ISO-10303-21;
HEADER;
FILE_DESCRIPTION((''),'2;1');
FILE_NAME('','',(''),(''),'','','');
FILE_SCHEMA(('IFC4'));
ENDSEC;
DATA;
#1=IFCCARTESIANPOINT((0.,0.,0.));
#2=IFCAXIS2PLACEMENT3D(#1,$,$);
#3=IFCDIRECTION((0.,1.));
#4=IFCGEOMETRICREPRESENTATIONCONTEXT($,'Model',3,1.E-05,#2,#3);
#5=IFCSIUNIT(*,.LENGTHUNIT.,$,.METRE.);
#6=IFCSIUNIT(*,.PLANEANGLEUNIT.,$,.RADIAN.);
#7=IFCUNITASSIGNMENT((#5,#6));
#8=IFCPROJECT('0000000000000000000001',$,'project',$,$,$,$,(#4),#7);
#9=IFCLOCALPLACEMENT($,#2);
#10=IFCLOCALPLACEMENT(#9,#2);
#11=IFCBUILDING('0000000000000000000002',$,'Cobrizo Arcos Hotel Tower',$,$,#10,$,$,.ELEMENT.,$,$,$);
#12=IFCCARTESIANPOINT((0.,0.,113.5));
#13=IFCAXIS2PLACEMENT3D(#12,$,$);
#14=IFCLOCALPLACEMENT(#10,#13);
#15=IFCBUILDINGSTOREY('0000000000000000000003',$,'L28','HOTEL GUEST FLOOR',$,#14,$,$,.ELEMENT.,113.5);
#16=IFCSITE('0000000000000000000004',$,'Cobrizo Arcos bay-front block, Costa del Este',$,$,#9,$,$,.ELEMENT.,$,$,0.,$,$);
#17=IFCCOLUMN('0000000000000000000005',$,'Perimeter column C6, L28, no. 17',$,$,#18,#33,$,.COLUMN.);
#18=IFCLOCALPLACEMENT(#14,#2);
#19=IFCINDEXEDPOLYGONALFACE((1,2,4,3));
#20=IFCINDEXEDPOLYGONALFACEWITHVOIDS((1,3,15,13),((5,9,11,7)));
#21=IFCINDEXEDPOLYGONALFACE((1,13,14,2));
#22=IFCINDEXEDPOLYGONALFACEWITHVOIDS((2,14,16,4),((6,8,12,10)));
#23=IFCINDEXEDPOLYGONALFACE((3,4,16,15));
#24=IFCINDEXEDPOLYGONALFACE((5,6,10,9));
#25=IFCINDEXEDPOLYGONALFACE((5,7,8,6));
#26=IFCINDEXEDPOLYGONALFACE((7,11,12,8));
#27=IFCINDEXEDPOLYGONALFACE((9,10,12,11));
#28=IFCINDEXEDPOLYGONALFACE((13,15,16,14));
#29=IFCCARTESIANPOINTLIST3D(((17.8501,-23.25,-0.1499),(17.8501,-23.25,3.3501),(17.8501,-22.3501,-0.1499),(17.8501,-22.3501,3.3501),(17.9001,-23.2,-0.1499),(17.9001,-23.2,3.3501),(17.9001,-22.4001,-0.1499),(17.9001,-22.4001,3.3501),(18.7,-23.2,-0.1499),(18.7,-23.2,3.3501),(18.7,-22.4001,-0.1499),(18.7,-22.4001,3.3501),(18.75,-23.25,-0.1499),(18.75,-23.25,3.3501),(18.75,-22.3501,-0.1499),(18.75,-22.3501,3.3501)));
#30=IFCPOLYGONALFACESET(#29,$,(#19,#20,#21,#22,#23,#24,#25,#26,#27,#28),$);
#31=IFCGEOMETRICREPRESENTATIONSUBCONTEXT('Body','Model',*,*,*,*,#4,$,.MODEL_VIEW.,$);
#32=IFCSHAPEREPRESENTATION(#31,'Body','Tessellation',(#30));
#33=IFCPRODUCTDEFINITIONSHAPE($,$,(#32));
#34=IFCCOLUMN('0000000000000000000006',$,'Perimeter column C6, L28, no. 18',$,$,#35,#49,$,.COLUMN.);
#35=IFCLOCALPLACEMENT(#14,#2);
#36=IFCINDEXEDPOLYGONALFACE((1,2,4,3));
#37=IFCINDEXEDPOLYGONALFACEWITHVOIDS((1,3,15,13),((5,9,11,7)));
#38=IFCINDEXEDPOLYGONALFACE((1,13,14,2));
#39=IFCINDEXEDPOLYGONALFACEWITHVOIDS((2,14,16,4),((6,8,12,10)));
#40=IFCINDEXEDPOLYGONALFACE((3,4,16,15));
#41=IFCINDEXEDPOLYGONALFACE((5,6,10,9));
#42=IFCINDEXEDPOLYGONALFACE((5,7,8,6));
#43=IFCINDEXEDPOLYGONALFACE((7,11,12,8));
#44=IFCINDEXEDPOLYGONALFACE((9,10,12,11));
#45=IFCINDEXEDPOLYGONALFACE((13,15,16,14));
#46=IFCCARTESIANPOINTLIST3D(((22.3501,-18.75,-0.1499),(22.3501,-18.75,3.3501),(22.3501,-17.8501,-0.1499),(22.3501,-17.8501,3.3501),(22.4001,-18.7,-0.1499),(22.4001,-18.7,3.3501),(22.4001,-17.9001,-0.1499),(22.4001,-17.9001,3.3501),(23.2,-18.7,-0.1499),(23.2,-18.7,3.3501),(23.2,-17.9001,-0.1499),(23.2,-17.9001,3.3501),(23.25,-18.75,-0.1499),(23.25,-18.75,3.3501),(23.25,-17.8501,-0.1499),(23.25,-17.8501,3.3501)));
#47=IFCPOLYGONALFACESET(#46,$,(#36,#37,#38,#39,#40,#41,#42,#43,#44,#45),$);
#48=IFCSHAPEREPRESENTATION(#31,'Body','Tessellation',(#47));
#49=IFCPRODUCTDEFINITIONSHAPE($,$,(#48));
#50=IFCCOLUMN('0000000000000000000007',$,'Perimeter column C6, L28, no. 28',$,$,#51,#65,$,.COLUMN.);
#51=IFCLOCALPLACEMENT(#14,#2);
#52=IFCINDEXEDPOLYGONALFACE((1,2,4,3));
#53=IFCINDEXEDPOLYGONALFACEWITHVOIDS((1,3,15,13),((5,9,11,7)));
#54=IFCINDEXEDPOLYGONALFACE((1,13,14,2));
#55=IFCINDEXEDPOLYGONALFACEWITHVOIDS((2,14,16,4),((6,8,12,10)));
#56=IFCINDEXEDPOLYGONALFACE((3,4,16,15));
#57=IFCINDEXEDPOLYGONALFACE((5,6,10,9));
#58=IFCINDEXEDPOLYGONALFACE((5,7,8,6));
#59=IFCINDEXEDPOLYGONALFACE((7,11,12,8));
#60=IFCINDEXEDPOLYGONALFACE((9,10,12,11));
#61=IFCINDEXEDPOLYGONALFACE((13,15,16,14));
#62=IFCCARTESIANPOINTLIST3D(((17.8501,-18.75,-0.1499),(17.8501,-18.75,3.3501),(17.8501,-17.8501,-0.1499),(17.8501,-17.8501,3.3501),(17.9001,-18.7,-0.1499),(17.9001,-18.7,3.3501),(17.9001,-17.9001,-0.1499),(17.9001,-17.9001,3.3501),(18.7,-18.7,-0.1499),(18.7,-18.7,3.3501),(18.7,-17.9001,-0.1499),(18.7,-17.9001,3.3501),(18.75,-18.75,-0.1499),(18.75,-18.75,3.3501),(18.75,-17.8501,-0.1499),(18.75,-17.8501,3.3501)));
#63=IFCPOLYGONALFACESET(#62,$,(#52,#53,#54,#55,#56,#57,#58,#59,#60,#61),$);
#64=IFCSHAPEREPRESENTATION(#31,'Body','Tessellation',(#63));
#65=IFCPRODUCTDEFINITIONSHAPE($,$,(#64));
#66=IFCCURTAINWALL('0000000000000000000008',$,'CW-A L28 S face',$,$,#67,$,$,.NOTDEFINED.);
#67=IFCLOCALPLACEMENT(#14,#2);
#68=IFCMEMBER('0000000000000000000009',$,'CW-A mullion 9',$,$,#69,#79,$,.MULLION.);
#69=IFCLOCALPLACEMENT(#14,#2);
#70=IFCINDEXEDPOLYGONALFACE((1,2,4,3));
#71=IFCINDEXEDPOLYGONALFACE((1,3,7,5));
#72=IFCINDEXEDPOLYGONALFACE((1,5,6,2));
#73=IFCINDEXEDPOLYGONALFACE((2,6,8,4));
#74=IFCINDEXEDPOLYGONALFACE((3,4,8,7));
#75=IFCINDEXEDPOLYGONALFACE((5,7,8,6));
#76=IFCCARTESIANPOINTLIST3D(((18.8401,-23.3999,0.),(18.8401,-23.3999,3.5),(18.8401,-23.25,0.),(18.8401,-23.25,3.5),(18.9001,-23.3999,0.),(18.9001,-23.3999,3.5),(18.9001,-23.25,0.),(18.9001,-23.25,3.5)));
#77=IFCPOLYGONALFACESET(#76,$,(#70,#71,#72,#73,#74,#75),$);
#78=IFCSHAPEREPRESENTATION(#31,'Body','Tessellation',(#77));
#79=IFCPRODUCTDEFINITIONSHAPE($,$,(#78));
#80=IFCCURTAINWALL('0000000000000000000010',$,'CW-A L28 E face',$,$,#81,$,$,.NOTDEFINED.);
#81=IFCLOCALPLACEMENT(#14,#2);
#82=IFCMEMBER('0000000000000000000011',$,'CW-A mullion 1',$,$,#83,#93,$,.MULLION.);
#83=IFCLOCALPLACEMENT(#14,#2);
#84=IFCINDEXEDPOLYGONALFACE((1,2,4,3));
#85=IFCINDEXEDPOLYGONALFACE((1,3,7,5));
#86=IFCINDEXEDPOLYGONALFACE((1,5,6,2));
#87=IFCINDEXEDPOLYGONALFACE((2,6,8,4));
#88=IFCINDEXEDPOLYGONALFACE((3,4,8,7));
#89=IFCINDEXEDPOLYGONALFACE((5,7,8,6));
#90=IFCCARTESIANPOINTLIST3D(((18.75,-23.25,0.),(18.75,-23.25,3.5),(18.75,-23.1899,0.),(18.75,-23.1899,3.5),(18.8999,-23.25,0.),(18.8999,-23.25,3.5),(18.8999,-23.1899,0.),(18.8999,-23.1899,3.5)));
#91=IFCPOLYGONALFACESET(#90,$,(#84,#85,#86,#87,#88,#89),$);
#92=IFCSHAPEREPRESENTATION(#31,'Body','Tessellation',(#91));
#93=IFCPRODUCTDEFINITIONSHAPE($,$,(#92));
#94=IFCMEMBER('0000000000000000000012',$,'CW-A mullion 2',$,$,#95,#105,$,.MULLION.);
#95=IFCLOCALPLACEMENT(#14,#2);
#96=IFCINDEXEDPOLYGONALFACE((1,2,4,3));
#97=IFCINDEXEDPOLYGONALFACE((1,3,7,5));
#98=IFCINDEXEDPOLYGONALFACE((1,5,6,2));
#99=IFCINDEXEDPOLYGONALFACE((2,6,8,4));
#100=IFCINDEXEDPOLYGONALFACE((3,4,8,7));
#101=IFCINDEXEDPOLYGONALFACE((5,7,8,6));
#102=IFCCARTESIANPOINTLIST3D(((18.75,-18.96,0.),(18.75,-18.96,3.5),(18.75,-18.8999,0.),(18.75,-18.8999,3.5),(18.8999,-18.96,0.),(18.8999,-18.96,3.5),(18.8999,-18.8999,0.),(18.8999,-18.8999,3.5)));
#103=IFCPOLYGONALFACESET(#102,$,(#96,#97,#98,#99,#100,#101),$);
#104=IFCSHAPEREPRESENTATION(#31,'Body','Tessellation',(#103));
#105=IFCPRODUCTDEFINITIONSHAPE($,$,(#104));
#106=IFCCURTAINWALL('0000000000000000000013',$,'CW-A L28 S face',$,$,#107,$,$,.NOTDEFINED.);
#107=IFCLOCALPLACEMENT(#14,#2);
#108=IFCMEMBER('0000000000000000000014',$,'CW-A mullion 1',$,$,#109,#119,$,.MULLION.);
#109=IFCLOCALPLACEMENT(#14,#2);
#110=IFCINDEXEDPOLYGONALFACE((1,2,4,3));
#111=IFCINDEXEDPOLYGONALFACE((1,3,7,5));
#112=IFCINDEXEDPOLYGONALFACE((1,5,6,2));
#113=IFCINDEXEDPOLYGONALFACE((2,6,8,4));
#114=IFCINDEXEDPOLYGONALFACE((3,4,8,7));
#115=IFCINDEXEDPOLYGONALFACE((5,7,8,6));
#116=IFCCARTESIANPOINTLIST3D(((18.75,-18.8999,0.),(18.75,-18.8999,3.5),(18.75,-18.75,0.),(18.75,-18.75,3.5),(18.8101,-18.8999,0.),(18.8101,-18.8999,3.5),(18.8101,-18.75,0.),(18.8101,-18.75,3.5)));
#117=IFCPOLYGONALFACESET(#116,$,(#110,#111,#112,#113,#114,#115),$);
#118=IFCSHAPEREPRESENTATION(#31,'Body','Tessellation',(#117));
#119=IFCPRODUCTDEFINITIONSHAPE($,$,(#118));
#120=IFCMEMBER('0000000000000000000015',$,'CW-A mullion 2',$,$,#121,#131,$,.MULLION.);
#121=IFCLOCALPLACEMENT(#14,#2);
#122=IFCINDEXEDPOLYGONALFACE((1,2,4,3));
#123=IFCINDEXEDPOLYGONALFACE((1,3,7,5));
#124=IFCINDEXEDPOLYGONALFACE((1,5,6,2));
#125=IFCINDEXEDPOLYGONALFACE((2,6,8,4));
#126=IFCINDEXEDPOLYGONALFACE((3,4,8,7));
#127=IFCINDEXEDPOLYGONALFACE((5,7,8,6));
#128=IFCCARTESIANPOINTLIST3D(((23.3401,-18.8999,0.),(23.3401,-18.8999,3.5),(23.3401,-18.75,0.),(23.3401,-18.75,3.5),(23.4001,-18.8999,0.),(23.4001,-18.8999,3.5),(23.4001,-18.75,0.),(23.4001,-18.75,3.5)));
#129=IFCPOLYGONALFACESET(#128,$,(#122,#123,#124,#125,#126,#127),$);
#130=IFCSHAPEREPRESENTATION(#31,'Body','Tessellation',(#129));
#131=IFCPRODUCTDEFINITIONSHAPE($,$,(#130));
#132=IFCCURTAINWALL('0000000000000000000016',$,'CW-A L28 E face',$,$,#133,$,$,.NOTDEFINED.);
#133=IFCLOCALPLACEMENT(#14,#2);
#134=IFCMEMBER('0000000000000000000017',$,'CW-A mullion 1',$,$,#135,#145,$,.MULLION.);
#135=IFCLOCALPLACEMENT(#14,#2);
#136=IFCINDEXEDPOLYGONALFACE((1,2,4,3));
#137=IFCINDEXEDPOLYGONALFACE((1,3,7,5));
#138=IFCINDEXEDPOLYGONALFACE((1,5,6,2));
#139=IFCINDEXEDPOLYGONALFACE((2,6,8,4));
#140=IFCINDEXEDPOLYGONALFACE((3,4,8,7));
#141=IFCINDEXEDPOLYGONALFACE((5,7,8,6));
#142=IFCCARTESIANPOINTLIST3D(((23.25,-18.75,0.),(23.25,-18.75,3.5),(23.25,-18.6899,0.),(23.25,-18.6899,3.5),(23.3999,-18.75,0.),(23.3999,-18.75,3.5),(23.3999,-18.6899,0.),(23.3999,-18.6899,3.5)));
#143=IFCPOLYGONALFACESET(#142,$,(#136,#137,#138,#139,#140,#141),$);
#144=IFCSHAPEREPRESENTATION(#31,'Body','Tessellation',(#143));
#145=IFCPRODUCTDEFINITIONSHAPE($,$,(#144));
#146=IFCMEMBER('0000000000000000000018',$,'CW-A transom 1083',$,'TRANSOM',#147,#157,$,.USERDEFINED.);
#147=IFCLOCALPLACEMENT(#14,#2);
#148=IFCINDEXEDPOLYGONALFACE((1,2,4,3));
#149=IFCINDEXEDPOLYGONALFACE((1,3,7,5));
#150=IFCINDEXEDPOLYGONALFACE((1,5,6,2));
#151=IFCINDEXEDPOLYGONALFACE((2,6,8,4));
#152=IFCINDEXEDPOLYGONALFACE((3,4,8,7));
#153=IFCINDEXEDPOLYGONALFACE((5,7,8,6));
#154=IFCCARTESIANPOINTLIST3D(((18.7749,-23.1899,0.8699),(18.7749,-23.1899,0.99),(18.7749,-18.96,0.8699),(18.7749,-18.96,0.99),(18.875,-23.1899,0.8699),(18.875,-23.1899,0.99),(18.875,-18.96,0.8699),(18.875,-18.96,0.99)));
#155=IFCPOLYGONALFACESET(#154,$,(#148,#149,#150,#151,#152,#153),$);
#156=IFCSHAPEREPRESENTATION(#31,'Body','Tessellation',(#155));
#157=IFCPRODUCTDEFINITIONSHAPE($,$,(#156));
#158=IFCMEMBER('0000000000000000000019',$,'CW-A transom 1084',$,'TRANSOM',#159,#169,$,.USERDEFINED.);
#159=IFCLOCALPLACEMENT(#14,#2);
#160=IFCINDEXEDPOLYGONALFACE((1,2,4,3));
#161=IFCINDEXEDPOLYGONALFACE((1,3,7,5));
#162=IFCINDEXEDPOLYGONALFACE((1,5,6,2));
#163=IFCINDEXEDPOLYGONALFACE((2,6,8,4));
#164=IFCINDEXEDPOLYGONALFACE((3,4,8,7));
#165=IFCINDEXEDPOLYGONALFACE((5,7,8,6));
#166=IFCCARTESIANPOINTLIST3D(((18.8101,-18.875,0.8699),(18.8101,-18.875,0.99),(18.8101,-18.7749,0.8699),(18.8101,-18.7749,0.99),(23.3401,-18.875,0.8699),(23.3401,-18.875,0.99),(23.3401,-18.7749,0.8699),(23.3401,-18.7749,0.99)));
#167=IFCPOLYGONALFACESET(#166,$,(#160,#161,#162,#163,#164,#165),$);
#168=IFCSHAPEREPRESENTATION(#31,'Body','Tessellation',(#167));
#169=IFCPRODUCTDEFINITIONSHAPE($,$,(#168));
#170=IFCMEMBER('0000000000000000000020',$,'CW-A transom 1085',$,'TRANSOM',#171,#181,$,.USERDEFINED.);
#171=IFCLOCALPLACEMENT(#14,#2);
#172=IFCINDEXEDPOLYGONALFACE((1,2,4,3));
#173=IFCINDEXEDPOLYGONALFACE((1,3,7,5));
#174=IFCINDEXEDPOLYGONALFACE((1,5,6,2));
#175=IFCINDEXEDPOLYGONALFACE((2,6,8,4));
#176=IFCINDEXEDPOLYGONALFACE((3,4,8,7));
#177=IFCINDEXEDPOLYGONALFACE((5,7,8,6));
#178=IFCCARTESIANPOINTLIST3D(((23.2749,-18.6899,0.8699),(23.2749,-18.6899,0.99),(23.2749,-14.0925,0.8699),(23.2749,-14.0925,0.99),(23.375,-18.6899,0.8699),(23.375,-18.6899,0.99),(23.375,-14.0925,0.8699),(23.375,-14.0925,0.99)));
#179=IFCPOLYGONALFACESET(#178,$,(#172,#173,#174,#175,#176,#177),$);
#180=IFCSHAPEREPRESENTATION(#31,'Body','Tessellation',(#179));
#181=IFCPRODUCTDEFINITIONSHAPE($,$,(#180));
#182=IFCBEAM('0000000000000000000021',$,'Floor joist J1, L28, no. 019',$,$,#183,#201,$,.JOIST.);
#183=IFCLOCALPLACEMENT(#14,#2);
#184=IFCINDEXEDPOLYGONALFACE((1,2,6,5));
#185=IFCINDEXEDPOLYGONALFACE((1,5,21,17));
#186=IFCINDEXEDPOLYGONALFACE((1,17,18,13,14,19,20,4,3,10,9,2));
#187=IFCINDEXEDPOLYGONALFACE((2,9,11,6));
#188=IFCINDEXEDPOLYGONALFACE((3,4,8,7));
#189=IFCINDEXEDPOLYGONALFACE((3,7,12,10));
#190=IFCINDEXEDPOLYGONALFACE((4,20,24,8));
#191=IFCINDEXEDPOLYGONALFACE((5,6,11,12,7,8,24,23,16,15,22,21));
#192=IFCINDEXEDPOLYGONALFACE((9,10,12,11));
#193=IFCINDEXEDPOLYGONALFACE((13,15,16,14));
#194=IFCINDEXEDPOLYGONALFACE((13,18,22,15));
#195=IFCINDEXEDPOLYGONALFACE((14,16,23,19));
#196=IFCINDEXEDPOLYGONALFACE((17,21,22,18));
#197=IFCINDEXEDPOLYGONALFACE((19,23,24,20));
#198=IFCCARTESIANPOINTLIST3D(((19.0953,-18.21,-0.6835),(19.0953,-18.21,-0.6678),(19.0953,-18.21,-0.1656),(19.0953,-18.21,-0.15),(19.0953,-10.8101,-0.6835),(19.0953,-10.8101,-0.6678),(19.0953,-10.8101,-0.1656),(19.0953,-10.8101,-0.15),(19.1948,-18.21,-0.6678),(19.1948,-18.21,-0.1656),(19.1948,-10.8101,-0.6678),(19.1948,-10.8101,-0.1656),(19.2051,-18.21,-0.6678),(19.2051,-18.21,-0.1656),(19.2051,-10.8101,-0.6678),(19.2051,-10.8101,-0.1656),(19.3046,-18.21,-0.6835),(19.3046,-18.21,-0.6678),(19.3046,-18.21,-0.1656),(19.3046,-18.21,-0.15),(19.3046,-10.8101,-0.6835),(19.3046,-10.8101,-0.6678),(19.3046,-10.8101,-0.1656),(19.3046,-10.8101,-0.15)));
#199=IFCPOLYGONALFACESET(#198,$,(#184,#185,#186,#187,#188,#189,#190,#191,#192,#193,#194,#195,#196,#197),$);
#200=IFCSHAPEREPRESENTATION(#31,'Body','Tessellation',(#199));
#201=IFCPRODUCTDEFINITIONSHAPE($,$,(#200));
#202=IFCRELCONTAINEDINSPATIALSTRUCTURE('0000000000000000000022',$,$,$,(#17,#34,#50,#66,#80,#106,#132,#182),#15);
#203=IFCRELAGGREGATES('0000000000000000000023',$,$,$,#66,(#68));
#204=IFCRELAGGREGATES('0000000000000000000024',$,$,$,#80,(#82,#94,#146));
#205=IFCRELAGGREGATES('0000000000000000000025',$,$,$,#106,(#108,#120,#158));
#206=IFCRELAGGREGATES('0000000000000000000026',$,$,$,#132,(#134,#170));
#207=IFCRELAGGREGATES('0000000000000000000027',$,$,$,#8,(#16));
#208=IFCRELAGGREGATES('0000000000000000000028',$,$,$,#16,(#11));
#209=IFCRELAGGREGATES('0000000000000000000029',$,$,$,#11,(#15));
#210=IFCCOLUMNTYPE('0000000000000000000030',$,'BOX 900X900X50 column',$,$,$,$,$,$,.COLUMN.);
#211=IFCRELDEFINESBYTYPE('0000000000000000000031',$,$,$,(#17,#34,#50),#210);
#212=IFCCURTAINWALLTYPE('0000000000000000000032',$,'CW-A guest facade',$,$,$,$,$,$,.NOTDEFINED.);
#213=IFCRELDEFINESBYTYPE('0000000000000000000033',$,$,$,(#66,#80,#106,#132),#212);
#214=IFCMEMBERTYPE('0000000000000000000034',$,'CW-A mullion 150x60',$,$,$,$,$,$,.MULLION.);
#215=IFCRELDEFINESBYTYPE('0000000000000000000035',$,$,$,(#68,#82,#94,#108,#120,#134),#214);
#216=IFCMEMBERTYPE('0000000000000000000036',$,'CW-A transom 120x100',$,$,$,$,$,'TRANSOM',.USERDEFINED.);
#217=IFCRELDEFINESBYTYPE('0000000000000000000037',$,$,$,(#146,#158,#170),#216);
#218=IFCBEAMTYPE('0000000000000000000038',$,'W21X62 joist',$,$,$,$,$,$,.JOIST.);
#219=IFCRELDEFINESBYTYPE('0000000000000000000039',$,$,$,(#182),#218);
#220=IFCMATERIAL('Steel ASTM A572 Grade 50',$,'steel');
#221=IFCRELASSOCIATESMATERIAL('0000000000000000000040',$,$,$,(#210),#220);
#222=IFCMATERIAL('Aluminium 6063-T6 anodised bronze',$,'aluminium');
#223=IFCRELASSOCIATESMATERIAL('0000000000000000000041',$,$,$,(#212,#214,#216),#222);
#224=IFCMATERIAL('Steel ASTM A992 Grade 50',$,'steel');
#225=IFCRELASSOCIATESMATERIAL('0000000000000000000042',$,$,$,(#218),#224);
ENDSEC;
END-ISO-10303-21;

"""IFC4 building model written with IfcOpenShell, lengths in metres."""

from ifc_helpers import new_model, si_unit, direction, frame, origin, origin_2d, place, context, subcontext, project, spatial, rectangle, hollow_rectangle, i_section, extrude, material, material_profile, profile_set, type_object, element, aggregate, save


model = new_model("IFC4")

# Units and contexts
model_context = context("Model", 3, precision=1e-05, world=origin(), true_north=direction((0.0, 1.0)))
body_context = subcontext(model_context, "Body", "Model", "MODEL_VIEW")
ifc_project = project(units=[si_unit("LENGTHUNIT", "METRE"), si_unit("PLANEANGLEUNIT", "RADIAN")], contexts=[model_context])

# Site, building, storey
site_placement = place(None, origin())
site = spatial("IfcSite", under=ifc_project, at=site_placement, Name="Cobrizo Arcos bay-front block, Costa del Este", CompositionType="ELEMENT", RefElevation=0.0)
building_placement = place(site_placement, origin())
building = spatial("IfcBuilding", under=site, at=building_placement, Name="Cobrizo Arcos Hotel Tower", CompositionType="ELEMENT")
storey_placement = place(building_placement, frame((0.0, 0.0, 113.5)))
storey = spatial("IfcBuildingStorey", under=building, at=storey_placement, Name="L28", Description="HOTEL GUEST FLOOR", CompositionType="ELEMENT", Elevation=113.5)

# Columns
ifc_material_1 = material(Name="Steel ASTM A572 Grade 50", Category="steel")
ifc_material_profile_1 = material_profile(ifc_material_1, hollow_rectangle(XDim=0.8999, YDim=0.8999, WallThickness=0.05, at=origin_2d()), Name="BOX 900X900X50")
ifc_profile_set_1 = profile_set([ifc_material_profile_1], Name="Steel ASTM A572 Grade 50")
column_type = type_object("IfcColumnType", Name="BOX 900X900X50 column", PredefinedType="COLUMN", material=ifc_profile_set_1)
for number, where, z_axis, x_axis, name in (
    (1, (18.3, -22.8, -0.1499), (0.0, 0.0, 1.0), (1.0, 0.0, 0.0), "Perimeter column C6, L28, no. 17"),
    (2, (22.8, -18.3, -0.1499), (0.0, 0.0, 1.0), (1.0, 0.0, 0.0), "Perimeter column C6, L28, no. 18"),
    (3, (18.3, -18.3, -0.1499), (0.0, 0.0, 1.0), (1.0, 0.0, 0.0), "Perimeter column C6, L28, no. 28"),
):
    element("IfcColumn", number, at=place(storey_placement, frame(where, z_axis=z_axis, x_axis=x_axis)), inside=storey, type_object=column_type, Name=name, PredefinedType="COLUMN", context=body_context, shape_type="SweptSolid", body=[
        extrude(hollow_rectangle(XDim=0.8999, YDim=0.8999, WallThickness=0.05, at=origin_2d()), origin(), (0.0, 0.0, 1.0), 3.5),
    ])

# Curtain wall, member
ifc_material_2 = material(Name="Aluminium 6063-T6 anodised bronze", Category="aluminium")
curtain_wall_type = type_object("IfcCurtainWallType", Name="CW-A guest facade", PredefinedType="NOTDEFINED", material=ifc_material_2)
curtain_wall_1_placement = place(storey_placement, origin())
curtain_wall_1 = element("IfcCurtainWall", 4, at=curtain_wall_1_placement, inside=storey, type_object=curtain_wall_type, Name="CW-A L28 S face", PredefinedType="NOTDEFINED")
ifc_material_profile_2 = material_profile(ifc_material_2, rectangle(XDim=0.1499, YDim=0.0601, at=origin_2d()), Name="CW-A mullion 150x60")
ifc_profile_set_2 = profile_set([ifc_material_profile_2], Name="Aluminium 6063-T6 anodised bronze")
member_type_1 = type_object("IfcMemberType", Name="CW-A mullion 150x60", PredefinedType="MULLION", material=ifc_profile_set_2)
member_1_placement = place(storey_placement, frame((18.8701, -23.325, 0.0), z_axis=(0.0, 0.0, 1.0), x_axis=(0.0, -1.0, 0.0)))
member_1 = element("IfcMember", 5, at=member_1_placement, type_object=member_type_1, Name="CW-A mullion 9", PredefinedType="MULLION", context=body_context, shape_type="SweptSolid", body=[
    extrude(rectangle(XDim=0.1499, YDim=0.0601, at=origin_2d()), origin(), (0.0, 0.0, 1.0), 3.5),
])

# Curtain walls, members
curtain_wall_2_placement = place(storey_placement, origin())
curtain_wall_2 = element("IfcCurtainWall", 6, at=curtain_wall_2_placement, inside=storey, type_object=curtain_wall_type, Name="CW-A L28 E face", PredefinedType="NOTDEFINED")
member_2_placement = place(storey_placement, frame((18.825, -23.22, 0.0), z_axis=(0.0, 0.0, 1.0), x_axis=(1.0, 0.0, 0.0)))
member_2 = element("IfcMember", 7, at=member_2_placement, type_object=member_type_1, Name="CW-A mullion 1", PredefinedType="MULLION", context=body_context, shape_type="SweptSolid", body=[
    extrude(rectangle(XDim=0.1499, YDim=0.0601, at=origin_2d()), origin(), (0.0, 0.0, 1.0), 3.5),
])
member_3_placement = place(storey_placement, frame((18.825, -18.9299, 0.0), z_axis=(0.0, 0.0, 1.0), x_axis=(1.0, 0.0, 0.0)))
member_3 = element("IfcMember", 8, at=member_3_placement, type_object=member_type_1, Name="CW-A mullion 2", PredefinedType="MULLION", context=body_context, shape_type="SweptSolid", body=[
    extrude(rectangle(XDim=0.1499, YDim=0.0601, at=origin_2d()), origin(), (0.0, 0.0, 1.0), 3.5),
])
curtain_wall_3_placement = place(storey_placement, origin())
curtain_wall_3 = element("IfcCurtainWall", 9, at=curtain_wall_3_placement, inside=storey, type_object=curtain_wall_type, Name="CW-A L28 S face", PredefinedType="NOTDEFINED")
member_4_placement = place(storey_placement, frame((18.78, -18.825, 0.0), z_axis=(0.0, 0.0, 1.0), x_axis=(0.0, -1.0, 0.0)))
member_4 = element("IfcMember", 10, at=member_4_placement, type_object=member_type_1, Name="CW-A mullion 1", PredefinedType="MULLION", context=body_context, shape_type="SweptSolid", body=[
    extrude(rectangle(XDim=0.1499, YDim=0.0601, at=origin_2d()), origin(), (0.0, 0.0, 1.0), 3.5),
])
member_5_placement = place(storey_placement, frame((23.3701, -18.825, 0.0), z_axis=(0.0, 0.0, 1.0), x_axis=(0.0, -1.0, 0.0)))
member_5 = element("IfcMember", 11, at=member_5_placement, type_object=member_type_1, Name="CW-A mullion 2", PredefinedType="MULLION", context=body_context, shape_type="SweptSolid", body=[
    extrude(rectangle(XDim=0.1499, YDim=0.0601, at=origin_2d()), origin(), (0.0, 0.0, 1.0), 3.5),
])

# Curtain wall, member
curtain_wall_4_placement = place(storey_placement, origin())
curtain_wall_4 = element("IfcCurtainWall", 12, at=curtain_wall_4_placement, inside=storey, type_object=curtain_wall_type, Name="CW-A L28 E face", PredefinedType="NOTDEFINED")
member_6_placement = place(storey_placement, frame((23.325, -18.72, 0.0), z_axis=(0.0, 0.0, 1.0), x_axis=(1.0, 0.0, 0.0)))
member_6 = element("IfcMember", 13, at=member_6_placement, type_object=member_type_1, Name="CW-A mullion 1", PredefinedType="MULLION", context=body_context, shape_type="SweptSolid", body=[
    extrude(rectangle(XDim=0.1499, YDim=0.0601, at=origin_2d()), origin(), (0.0, 0.0, 1.0), 3.5),
])

# Members
ifc_material_profile_3 = material_profile(ifc_material_2, rectangle(XDim=0.1001, YDim=0.1201, at=origin_2d()), Name="CW-A transom 120x100")
ifc_profile_set_3 = profile_set([ifc_material_profile_3], Name="Aluminium 6063-T6 anodised bronze")
member_type_2 = type_object("IfcMemberType", Name="CW-A transom 120x100", ElementType="TRANSOM", PredefinedType="USERDEFINED", material=ifc_profile_set_3)
member_7_placement = place(storey_placement, frame((18.825, -23.1899, 0.9299), z_axis=(0.0, 1.0, 0.0), x_axis=(-1.0, 0.0, 0.0)))
member_7 = element("IfcMember", 14, at=member_7_placement, type_object=member_type_2, Name="CW-A transom 1083", ObjectType="TRANSOM", PredefinedType="USERDEFINED", context=body_context, shape_type="SweptSolid", body=[
    extrude(rectangle(XDim=0.1001, YDim=0.1201, at=origin_2d()), origin(), (0.0, 0.0, 1.0), 4.23),
])
member_8_placement = place(storey_placement, frame((18.8101, -18.825, 0.9299), z_axis=(1.0, 0.0, 0.0), x_axis=(0.0, 1.0, 0.0)))
member_8 = element("IfcMember", 15, at=member_8_placement, type_object=member_type_2, Name="CW-A transom 1084", ObjectType="TRANSOM", PredefinedType="USERDEFINED", context=body_context, shape_type="SweptSolid", body=[
    extrude(rectangle(XDim=0.1001, YDim=0.1201, at=origin_2d()), origin(), (0.0, 0.0, 1.0), 4.53),
])
member_9_placement = place(storey_placement, frame((23.325, -18.6899, 0.9299), z_axis=(0.0, 1.0, 0.0), x_axis=(-1.0, 0.0, 0.0)))
member_9 = element("IfcMember", 16, at=member_9_placement, type_object=member_type_2, Name="CW-A transom 1085", ObjectType="TRANSOM", PredefinedType="USERDEFINED", context=body_context, shape_type="SweptSolid", body=[
    extrude(rectangle(XDim=0.1001, YDim=0.1201, at=origin_2d()), origin(), (0.0, 0.0, 1.0), 4.5974),
])

# Beam
ifc_material_3 = material(Name="Steel ASTM A992 Grade 50", Category="steel")
ifc_material_profile_4 = material_profile(ifc_material_3, i_section(OverallWidth=0.2092, OverallDepth=0.5334, WebThickness=0.0103, FlangeThickness=0.0156, at=origin_2d()), Name="W21X62")
ifc_profile_set_4 = profile_set([ifc_material_profile_4], Name="Steel ASTM A992 Grade 50")
beam_type_1 = type_object("IfcBeamType", Name="W21X62 joist", PredefinedType="JOIST", material=ifc_profile_set_4)
beam_1_placement = place(storey_placement, frame((19.2, -18.21, -0.4167), z_axis=(0.0, 1.0, 0.0), x_axis=(-1.0, 0.0, 0.0)))
element("IfcBeam", 17, at=beam_1_placement, inside=storey, type_object=beam_type_1, Name="Floor joist J1, L28, no. 019", PredefinedType="JOIST", context=body_context, shape_type="SweptSolid", body=[
    extrude(i_section(OverallWidth=0.2092, OverallDepth=0.5334, WebThickness=0.0103, FlangeThickness=0.0156, at=origin_2d()), origin(), (0.0, 0.0, 1.0), 7.3999),
])

aggregate(curtain_wall_1, [member_1])
aggregate(curtain_wall_2, [member_2, member_3, member_7])
aggregate(curtain_wall_3, [member_4, member_5, member_8])
aggregate(curtain_wall_4, [member_6, member_9])

save(model, "model.ifc")
